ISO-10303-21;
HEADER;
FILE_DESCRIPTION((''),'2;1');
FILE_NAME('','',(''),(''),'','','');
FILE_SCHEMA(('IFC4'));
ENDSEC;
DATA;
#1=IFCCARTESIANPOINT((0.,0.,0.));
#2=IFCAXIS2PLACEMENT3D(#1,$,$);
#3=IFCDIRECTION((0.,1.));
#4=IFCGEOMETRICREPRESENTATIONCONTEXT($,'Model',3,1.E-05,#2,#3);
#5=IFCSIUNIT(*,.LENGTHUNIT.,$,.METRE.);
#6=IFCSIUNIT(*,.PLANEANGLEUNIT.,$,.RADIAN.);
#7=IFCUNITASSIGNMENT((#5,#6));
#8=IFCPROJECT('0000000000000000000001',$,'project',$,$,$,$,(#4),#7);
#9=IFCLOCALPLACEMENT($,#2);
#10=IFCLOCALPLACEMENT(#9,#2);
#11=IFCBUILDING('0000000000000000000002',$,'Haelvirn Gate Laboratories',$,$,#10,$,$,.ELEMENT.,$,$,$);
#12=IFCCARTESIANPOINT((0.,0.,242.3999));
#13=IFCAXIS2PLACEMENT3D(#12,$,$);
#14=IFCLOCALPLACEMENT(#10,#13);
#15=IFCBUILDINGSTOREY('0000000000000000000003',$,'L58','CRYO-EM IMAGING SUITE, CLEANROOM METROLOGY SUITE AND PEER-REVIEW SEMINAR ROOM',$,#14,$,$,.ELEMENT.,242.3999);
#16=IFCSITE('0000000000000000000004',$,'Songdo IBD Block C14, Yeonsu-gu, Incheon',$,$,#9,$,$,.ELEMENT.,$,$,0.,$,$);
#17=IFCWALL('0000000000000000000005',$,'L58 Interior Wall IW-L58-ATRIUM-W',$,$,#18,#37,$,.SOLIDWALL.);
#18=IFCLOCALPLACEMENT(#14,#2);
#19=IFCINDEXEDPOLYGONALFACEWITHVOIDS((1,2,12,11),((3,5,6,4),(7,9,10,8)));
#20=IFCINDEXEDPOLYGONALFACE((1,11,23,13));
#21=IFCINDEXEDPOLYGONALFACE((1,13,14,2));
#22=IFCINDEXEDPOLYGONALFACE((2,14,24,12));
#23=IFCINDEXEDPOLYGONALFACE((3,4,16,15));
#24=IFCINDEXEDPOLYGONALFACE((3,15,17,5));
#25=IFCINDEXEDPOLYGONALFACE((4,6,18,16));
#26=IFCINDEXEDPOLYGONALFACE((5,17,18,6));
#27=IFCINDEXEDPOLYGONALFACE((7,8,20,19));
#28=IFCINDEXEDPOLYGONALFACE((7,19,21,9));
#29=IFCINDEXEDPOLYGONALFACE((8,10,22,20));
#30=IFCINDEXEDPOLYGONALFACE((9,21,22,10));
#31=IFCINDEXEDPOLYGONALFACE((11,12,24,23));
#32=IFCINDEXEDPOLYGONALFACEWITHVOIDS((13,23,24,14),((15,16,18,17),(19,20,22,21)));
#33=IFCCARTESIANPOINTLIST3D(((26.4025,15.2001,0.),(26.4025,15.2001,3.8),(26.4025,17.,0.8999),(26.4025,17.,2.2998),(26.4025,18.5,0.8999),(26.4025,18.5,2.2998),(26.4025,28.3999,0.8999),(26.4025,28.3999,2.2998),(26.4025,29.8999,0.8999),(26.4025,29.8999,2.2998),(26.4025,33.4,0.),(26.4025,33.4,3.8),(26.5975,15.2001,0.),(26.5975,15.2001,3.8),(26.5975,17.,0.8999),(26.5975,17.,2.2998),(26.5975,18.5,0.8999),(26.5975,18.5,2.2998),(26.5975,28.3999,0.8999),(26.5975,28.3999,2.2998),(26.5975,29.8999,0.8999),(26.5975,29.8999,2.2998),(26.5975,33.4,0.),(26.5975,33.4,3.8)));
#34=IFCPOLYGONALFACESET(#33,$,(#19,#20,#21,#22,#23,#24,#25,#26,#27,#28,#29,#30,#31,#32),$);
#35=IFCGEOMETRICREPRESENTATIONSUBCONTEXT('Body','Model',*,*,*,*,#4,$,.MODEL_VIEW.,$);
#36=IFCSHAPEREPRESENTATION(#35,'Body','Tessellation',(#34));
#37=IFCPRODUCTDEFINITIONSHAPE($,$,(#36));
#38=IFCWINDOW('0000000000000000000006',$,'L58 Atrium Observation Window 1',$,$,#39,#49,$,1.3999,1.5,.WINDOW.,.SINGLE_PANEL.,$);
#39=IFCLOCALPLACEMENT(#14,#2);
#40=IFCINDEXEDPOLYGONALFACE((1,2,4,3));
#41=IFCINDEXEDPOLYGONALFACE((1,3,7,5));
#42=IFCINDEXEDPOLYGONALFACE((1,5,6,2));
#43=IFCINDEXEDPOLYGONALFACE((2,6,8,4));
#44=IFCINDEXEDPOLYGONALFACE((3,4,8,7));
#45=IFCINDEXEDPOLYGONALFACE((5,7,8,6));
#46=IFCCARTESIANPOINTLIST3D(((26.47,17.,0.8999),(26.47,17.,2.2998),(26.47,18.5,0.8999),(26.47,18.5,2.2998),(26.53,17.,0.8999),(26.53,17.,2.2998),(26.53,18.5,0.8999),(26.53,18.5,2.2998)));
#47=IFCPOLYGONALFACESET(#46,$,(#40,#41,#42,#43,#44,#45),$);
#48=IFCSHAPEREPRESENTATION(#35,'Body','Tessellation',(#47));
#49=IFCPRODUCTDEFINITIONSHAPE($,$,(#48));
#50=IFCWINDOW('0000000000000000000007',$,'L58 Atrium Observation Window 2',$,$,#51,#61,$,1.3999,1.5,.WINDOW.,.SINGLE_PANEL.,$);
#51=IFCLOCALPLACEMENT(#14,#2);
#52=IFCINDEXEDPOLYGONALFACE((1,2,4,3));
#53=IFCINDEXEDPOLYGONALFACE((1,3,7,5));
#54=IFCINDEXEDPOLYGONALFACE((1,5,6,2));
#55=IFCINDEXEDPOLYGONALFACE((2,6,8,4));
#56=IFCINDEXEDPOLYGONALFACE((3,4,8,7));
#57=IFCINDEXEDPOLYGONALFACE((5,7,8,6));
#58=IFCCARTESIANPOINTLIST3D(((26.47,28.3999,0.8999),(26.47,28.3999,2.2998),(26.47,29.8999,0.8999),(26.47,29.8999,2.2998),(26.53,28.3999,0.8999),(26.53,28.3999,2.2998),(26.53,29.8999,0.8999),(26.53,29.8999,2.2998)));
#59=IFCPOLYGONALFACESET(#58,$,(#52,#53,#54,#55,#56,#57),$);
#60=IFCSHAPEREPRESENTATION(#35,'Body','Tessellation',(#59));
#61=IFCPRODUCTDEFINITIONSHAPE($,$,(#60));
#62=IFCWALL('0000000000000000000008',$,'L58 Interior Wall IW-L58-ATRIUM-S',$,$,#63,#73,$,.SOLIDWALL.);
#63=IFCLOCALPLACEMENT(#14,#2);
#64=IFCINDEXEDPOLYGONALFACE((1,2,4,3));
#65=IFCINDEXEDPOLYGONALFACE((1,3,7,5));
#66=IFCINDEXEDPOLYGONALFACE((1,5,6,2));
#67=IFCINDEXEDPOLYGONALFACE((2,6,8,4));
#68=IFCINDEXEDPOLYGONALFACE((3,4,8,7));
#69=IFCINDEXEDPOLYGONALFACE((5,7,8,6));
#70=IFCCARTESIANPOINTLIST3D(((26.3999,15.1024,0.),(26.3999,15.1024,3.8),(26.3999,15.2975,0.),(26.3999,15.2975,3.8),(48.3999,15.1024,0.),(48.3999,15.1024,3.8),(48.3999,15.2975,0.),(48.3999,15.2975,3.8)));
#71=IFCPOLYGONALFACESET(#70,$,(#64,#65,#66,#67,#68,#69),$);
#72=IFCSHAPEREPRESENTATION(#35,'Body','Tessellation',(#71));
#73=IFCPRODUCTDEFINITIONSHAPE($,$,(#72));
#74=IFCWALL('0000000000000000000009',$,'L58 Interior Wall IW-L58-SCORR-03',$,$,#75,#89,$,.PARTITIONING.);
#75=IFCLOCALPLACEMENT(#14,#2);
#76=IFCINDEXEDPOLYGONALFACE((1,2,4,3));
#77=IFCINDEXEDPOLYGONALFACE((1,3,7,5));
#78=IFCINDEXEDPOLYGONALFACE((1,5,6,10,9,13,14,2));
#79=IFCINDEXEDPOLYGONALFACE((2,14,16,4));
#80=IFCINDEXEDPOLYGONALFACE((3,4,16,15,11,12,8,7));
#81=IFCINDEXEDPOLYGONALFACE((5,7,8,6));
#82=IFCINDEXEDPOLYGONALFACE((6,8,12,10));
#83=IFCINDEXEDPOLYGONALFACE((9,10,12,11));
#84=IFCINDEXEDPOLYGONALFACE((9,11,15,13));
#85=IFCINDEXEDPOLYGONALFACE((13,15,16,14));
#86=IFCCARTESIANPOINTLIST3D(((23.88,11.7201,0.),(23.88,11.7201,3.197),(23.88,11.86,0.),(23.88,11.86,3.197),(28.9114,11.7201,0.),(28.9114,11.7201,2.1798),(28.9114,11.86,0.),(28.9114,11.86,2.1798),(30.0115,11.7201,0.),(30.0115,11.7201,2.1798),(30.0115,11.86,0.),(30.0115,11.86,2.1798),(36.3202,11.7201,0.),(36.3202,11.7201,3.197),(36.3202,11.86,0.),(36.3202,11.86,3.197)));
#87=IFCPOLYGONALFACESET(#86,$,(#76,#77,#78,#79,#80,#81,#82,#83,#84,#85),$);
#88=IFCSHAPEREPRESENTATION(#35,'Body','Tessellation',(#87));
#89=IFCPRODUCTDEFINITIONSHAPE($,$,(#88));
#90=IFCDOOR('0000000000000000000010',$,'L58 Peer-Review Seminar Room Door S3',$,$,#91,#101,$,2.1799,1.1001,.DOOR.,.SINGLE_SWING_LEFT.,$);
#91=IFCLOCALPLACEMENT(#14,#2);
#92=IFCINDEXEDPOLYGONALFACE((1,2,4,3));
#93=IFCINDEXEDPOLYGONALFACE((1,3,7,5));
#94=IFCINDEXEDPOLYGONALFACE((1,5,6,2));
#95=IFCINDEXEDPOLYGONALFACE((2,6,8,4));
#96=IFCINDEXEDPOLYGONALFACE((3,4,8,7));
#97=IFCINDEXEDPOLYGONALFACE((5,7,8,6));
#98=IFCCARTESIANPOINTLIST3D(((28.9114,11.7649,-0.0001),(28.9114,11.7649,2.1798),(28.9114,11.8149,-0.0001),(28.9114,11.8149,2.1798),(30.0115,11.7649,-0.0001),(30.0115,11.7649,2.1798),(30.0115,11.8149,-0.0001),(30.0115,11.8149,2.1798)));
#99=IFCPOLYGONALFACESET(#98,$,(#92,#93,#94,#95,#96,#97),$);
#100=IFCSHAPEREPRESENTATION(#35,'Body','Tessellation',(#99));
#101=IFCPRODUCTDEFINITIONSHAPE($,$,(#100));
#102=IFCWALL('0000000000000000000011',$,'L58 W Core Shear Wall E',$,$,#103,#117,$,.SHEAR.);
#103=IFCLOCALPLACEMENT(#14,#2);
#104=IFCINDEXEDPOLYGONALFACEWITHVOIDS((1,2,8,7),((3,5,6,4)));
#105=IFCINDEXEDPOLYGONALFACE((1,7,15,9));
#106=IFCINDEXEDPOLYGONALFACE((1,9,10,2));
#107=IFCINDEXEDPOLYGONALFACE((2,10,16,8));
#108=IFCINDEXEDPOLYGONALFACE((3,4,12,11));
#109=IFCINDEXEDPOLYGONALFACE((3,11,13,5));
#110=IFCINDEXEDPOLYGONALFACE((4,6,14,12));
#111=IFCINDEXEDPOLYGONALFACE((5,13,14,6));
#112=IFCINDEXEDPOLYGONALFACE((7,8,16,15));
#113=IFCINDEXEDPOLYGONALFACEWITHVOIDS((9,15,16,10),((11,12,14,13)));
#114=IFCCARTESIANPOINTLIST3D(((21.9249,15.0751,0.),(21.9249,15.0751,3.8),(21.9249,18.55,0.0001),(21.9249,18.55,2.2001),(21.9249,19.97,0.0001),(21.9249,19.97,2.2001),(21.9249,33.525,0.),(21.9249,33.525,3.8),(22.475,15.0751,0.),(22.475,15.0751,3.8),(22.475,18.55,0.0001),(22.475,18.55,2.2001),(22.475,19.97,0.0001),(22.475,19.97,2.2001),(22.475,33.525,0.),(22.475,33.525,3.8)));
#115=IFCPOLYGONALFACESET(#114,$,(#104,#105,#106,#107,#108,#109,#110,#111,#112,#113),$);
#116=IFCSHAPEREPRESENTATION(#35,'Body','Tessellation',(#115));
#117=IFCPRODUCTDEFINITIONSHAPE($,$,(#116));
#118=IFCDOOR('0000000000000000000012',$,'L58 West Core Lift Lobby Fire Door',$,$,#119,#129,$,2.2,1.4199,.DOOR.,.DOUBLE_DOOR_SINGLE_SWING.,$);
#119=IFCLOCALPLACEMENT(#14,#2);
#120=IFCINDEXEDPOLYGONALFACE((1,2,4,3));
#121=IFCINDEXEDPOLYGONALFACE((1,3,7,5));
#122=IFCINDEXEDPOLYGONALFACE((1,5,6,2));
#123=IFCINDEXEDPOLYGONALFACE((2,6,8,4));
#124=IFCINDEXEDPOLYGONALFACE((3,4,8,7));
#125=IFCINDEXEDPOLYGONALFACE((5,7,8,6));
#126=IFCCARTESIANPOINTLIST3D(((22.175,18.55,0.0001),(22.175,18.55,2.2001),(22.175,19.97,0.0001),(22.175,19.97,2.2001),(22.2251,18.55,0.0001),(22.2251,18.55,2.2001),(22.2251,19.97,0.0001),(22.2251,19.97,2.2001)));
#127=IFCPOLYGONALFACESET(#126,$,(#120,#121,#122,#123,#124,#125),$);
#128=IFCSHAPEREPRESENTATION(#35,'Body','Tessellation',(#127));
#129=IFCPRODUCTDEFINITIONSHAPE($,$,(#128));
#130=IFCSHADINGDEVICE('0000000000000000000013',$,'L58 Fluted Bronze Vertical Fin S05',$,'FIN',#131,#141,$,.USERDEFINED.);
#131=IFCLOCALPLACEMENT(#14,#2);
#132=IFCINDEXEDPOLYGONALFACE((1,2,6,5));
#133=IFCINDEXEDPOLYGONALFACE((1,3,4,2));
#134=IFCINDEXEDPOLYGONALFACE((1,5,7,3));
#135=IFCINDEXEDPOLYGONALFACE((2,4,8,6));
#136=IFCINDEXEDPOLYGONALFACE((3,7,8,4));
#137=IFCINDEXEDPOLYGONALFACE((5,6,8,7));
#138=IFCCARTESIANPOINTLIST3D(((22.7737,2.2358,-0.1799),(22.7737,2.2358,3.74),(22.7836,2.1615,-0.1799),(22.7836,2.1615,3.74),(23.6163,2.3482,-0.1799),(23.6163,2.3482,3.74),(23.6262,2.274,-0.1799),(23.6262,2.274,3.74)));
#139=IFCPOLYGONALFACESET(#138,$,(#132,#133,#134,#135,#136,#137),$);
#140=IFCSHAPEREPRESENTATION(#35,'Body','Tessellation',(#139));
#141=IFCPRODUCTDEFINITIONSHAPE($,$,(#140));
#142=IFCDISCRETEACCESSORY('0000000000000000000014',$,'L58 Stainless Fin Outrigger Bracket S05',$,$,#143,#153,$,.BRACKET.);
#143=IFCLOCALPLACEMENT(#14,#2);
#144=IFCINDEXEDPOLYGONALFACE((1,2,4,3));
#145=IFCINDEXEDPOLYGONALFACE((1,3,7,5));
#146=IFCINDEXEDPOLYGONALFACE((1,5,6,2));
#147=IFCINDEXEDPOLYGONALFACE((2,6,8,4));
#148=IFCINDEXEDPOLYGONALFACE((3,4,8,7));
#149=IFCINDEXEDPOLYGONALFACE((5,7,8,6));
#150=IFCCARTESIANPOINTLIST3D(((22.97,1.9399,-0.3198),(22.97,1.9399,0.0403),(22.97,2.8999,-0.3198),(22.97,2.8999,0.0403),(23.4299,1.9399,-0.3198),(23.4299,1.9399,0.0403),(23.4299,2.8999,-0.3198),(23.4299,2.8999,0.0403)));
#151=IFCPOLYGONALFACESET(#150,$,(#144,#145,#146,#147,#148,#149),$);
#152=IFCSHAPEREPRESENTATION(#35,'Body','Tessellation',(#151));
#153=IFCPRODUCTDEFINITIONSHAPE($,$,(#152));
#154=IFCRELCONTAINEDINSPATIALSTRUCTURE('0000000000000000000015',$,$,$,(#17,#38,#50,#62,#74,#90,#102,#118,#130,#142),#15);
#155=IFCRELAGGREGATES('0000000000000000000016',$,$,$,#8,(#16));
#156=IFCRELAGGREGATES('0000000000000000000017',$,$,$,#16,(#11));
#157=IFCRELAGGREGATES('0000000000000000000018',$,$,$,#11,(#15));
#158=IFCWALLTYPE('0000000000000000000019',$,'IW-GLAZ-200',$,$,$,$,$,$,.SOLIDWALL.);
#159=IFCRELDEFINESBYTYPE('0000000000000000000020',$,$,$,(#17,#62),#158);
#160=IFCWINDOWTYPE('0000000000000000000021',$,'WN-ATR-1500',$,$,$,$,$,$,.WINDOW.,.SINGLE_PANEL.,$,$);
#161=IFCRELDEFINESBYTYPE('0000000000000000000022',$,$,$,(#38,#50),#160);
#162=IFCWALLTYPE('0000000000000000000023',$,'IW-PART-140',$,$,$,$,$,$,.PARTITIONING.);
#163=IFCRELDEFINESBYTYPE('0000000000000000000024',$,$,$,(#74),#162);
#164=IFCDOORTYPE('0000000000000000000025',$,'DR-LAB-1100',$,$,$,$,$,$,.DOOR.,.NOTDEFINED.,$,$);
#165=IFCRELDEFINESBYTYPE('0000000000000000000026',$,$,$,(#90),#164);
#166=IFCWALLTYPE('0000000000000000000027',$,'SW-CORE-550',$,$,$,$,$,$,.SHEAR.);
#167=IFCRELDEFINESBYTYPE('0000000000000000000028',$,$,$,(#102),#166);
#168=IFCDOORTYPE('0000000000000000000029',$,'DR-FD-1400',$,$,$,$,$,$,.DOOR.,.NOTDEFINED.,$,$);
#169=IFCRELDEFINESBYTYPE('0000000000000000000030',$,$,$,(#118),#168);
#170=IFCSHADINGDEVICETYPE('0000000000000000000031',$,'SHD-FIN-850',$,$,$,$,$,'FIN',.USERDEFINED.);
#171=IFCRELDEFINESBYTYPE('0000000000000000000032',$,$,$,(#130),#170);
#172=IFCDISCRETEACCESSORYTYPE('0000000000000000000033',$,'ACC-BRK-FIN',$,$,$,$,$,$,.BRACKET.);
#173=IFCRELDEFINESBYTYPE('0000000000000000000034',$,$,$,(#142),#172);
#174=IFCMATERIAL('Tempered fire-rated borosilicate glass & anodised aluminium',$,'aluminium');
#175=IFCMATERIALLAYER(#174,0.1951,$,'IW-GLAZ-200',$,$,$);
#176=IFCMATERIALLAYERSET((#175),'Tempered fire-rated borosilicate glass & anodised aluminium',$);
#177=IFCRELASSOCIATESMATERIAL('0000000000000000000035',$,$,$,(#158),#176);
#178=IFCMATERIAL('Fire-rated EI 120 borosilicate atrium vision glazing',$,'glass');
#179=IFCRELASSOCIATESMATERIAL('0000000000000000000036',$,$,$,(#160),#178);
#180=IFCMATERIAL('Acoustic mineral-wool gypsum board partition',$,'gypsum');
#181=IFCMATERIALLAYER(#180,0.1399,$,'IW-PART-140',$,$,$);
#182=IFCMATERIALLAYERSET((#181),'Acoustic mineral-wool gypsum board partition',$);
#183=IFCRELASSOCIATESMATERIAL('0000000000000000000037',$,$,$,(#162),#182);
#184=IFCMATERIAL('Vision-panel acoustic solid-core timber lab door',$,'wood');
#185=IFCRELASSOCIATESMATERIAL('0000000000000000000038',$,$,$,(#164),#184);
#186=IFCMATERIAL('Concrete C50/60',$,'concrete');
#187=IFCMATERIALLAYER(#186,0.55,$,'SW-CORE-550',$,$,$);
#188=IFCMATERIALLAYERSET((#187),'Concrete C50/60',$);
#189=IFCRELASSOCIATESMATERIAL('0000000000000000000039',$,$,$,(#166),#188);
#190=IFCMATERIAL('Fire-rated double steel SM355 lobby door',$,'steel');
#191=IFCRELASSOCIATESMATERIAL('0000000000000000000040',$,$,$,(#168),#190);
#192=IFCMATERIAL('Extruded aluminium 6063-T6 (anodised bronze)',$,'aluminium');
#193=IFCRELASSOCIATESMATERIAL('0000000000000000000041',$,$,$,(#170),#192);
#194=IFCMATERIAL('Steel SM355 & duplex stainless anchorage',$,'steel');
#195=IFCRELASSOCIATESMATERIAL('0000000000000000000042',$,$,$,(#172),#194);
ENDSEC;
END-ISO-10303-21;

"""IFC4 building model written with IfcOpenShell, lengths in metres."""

from ifc_helpers import new_model, si_unit, direction, frame, frame_2d, origin, origin_2d, place, context, subcontext, project, spatial, rectangle, extrude, source, transform, mapped, material, layer, layer_set, material_profile, profile_set, type_object, type_shapes, element, fill, save


model = new_model("IFC4")

# Units and contexts
model_context = context("Model", 3, precision=1e-05, world=origin(), true_north=direction((0.0, 1.0)))
body_context = subcontext(model_context, "Body", "Model", "MODEL_VIEW")
ifc_project = project(units=[si_unit("LENGTHUNIT", "METRE"), si_unit("PLANEANGLEUNIT", "RADIAN")], contexts=[model_context])

# Site, building, storey
site_placement = place(None, origin())
site = spatial("IfcSite", under=ifc_project, at=site_placement, Name="Songdo IBD Block C14, Yeonsu-gu, Incheon", CompositionType="ELEMENT", RefElevation=0.0)
building_placement = place(site_placement, origin())
building = spatial("IfcBuilding", under=site, at=building_placement, Name="Haelvirn Gate Laboratories", CompositionType="ELEMENT")
storey_placement = place(building_placement, frame((0.0, 0.0, 242.3999)))
storey = spatial("IfcBuildingStorey", under=building, at=storey_placement, Name="L58", Description="CRYO-EM IMAGING SUITE, CLEANROOM METROLOGY SUITE AND PEER-REVIEW SEMINAR ROOM", CompositionType="ELEMENT", Elevation=242.3999)

# Shared definitions
ifc_material_1 = material(Name="Extruded aluminium 6063-T6 (anodised bronze)", Category="aluminium")

# Wall, openings, windows
ifc_material_2 = material(Name="Tempered fire-rated borosilicate glass & anodised aluminium", Category="aluminium")
ifc_layer_1 = layer(ifc_material_2, 0.1951, Name="IW-GLAZ-200")
ifc_layer_set_1 = layer_set([ifc_layer_1], Name="Tempered fire-rated borosilicate glass & anodised aluminium")
wall_type_1 = type_object("IfcWallType", Name="IW-GLAZ-200", PredefinedType="SOLIDWALL", material=ifc_layer_set_1)
wall_1_placement = place(storey_placement, frame((26.5, 15.2, 0.0), z_axis=(0.0, 0.0, 1.0), x_axis=(0.0, 1.0, 0.0)))
wall_1 = element("IfcWall", 1, at=wall_1_placement, inside=storey, type_object=wall_type_1, Name="L58 Interior Wall IW-L58-ATRIUM-W", PredefinedType="SOLIDWALL", context=body_context, shape_type="SweptSolid", body=[
    extrude(rectangle(XDim=18.2, YDim=0.1951, at=frame_2d((9.1001, 0.0))), origin(), (0.0, 0.0, 1.0), 3.8),
])
opening_1_placement = place(wall_1_placement, frame((1.8, 0.0, 0.8999)))
opening_1 = element("IfcOpeningElement", 2, at=opening_1_placement, cuts=wall_1, PredefinedType="OPENING", context=body_context, shape_type="SweptSolid", body=[
    extrude(rectangle(XDim=1.5, YDim=1.3999, at=frame_2d((0.75, 0.7))), frame((0.0, 0.1074, 0.0), z_axis=(0.0, -1.0, 0.0), x_axis=(1.0, 0.0, 0.0)), (0.0, 0.0, 1.0), 0.2151),
])
opening_2_placement = place(wall_1_placement, frame((13.2, 0.0, 0.8999)))
opening_2 = element("IfcOpeningElement", 3, at=opening_2_placement, cuts=wall_1, PredefinedType="OPENING", context=body_context, shape_type="SweptSolid", body=[
    extrude(rectangle(XDim=1.5, YDim=1.3999, at=frame_2d((0.75, 0.7))), frame((0.0, 0.1074, 0.0), z_axis=(0.0, -1.0, 0.0), x_axis=(1.0, 0.0, 0.0)), (0.0, 0.0, 1.0), 0.2151),
])
ifc_material_3 = material(Name="Fire-rated EI 120 borosilicate atrium vision glazing", Category="glass")
window_type = type_object("IfcWindowType", Name="WN-ATR-1500", PartitioningType="SINGLE_PANEL", PredefinedType="WINDOW", material=ifc_material_3)
shared_shape_1 = source(origin(), body_context, "Body", "SweptSolid", [
    extrude(rectangle(XDim=1.5, YDim=1.3999, at=frame_2d((0.75, 0.7))), frame((0.0, 0.03, 0.0), z_axis=(0.0, -1.0, 0.0), x_axis=(1.0, 0.0, 0.0)), (0.0, 0.0, 1.0), 0.0601),
])
type_shapes(window_type, [shared_shape_1])
window_1_placement = place(opening_1_placement, origin())
window_1 = element("IfcWindow", 4, at=window_1_placement, inside=storey, type_object=window_type, Name="L58 Atrium Observation Window 1", OverallHeight=1.3999, OverallWidth=1.5, PartitioningType="SINGLE_PANEL", PredefinedType="WINDOW", context=body_context, shape_type="MappedRepresentation", body=[
    mapped(shared_shape_1, transform((0.0, 0.0, 0.0), scale=1.0)),
])
fill(opening_1, window_1)
window_2_placement = place(opening_2_placement, origin())
window_2 = element("IfcWindow", 5, at=window_2_placement, inside=storey, type_object=window_type, Name="L58 Atrium Observation Window 2", OverallHeight=1.3999, OverallWidth=1.5, PartitioningType="SINGLE_PANEL", PredefinedType="WINDOW", context=body_context, shape_type="MappedRepresentation", body=[
    mapped(shared_shape_1, transform((0.0, 0.0, 0.0), scale=1.0)),
])
fill(opening_2, window_2)

# Wall
wall_2_placement = place(storey_placement, frame((26.3999, 15.2, 0.0), z_axis=(0.0, 0.0, 1.0), x_axis=(1.0, 0.0, 0.0)))
element("IfcWall", 6, at=wall_2_placement, inside=storey, type_object=wall_type_1, Name="L58 Interior Wall IW-L58-ATRIUM-S", PredefinedType="SOLIDWALL", context=body_context, shape_type="SweptSolid", body=[
    extrude(rectangle(XDim=22.0, YDim=0.1951, at=frame_2d((11.0, 0.0))), origin(), (0.0, 0.0, 1.0), 3.8),
])

# Walls, openings, doors
ifc_material_4 = material(Name="Acoustic mineral-wool gypsum board partition", Category="gypsum")
ifc_layer_2 = layer(ifc_material_4, 0.1399, Name="IW-PART-140")
ifc_layer_set_2 = layer_set([ifc_layer_2], Name="Acoustic mineral-wool gypsum board partition")
wall_type_2 = type_object("IfcWallType", Name="IW-PART-140", PredefinedType="PARTITIONING", material=ifc_layer_set_2)
wall_3_placement = place(storey_placement, frame((23.8799, 11.79, 0.0), z_axis=(0.0, 0.0, 1.0), x_axis=(1.0, 0.0, 0.0)))
wall_3 = element("IfcWall", 7, at=wall_3_placement, inside=storey, type_object=wall_type_2, Name="L58 Interior Wall IW-L58-SCORR-03", PredefinedType="PARTITIONING", context=body_context, shape_type="SweptSolid", body=[
    extrude(rectangle(XDim=12.4402, YDim=0.1399, at=frame_2d((6.2202, 0.0))), origin(), (0.0, 0.0, 1.0), 3.197),
])
opening_3_placement = place(wall_3_placement, frame((5.0315, 0.0, 0.0)))
opening_3 = element("IfcOpeningElement", 8, at=opening_3_placement, cuts=wall_3, PredefinedType="OPENING", context=body_context, shape_type="SweptSolid", body=[
    extrude(rectangle(XDim=1.1001, YDim=2.1799, at=frame_2d((0.55, 1.0898))), frame((0.0, 0.0801, 0.0), z_axis=(0.0, -1.0, 0.0), x_axis=(1.0, 0.0, 0.0)), (0.0, 0.0, 1.0), 0.1599),
])
ifc_material_5 = material(Name="Vision-panel acoustic solid-core timber lab door", Category="wood")
door_type_1 = type_object("IfcDoorType", Name="DR-LAB-1100", OperationType="NOTDEFINED", PredefinedType="DOOR", material=ifc_material_5)
shared_shape_2 = source(origin(), body_context, "Body", "SweptSolid", [
    extrude(rectangle(XDim=1.1001, YDim=2.1799, at=frame_2d((0.55, 1.0898))), frame((0.0, 0.0249, 0.0), z_axis=(0.0, -1.0, 0.0), x_axis=(1.0, 0.0, 0.0)), (0.0, 0.0, 1.0), 0.05),
])
type_shapes(door_type_1, [shared_shape_2])
door_1_placement = place(opening_3_placement, origin())
door_1 = element("IfcDoor", 9, at=door_1_placement, inside=storey, type_object=door_type_1, Name="L58 Peer-Review Seminar Room Door S3", OperationType="SINGLE_SWING_LEFT", OverallHeight=2.1799, OverallWidth=1.1001, PredefinedType="DOOR", context=body_context, shape_type="MappedRepresentation", body=[
    mapped(shared_shape_2, transform((0.0, 0.0, 0.0), scale=1.0)),
])
fill(opening_3, door_1)
ifc_material_6 = material(Name="Concrete C50/60", Category="concrete")
ifc_layer_3 = layer(ifc_material_6, 0.55, Name="SW-CORE-550")
ifc_layer_set_3 = layer_set([ifc_layer_3], Name="Concrete C50/60")
wall_type_3 = type_object("IfcWallType", Name="SW-CORE-550", PredefinedType="SHEAR", material=ifc_layer_set_3)
wall_4_placement = place(storey_placement, frame((22.2, 15.075, 0.0), z_axis=(0.0, 0.0, 1.0), x_axis=(0.0, 1.0, 0.0)))
wall_4 = element("IfcWall", 10, at=wall_4_placement, inside=storey, type_object=wall_type_3, Name="L58 W Core Shear Wall E", PredefinedType="SHEAR", context=body_context, shape_type="SweptSolid", body=[
    extrude(rectangle(XDim=18.45, YDim=0.55, at=frame_2d((9.2251, 0.0))), origin(), (0.0, 0.0, 1.0), 3.8),
])
opening_4_placement = place(wall_4_placement, frame((3.4751, 0.0, 0.0)))
opening_4 = element("IfcOpeningElement", 11, at=opening_4_placement, cuts=wall_4, PredefinedType="OPENING", context=body_context, shape_type="SweptSolid", body=[
    extrude(rectangle(XDim=1.4199, YDim=2.2, at=frame_2d((0.71, 1.1001))), frame((0.0, 0.2852, 0.0), z_axis=(0.0, -1.0, 0.0), x_axis=(1.0, 0.0, 0.0)), (0.0, 0.0, 1.0), 0.5701),
])
ifc_material_7 = material(Name="Fire-rated double steel SM355 lobby door", Category="steel")
door_type_2 = type_object("IfcDoorType", Name="DR-FD-1400", OperationType="NOTDEFINED", PredefinedType="DOOR", material=ifc_material_7)
shared_shape_3 = source(origin(), body_context, "Body", "SweptSolid", [
    extrude(rectangle(XDim=1.4199, YDim=2.2, at=frame_2d((0.71, 1.1001))), frame((0.0, 0.0249, 0.0), z_axis=(0.0, -1.0, 0.0), x_axis=(1.0, 0.0, 0.0)), (0.0, 0.0, 1.0), 0.05),
])
type_shapes(door_type_2, [shared_shape_3])
door_2_placement = place(opening_4_placement, origin())
door_2 = element("IfcDoor", 12, at=door_2_placement, inside=storey, type_object=door_type_2, Name="L58 West Core Lift Lobby Fire Door", OperationType="DOUBLE_DOOR_SINGLE_SWING", OverallHeight=2.2, OverallWidth=1.4199, PredefinedType="DOOR", context=body_context, shape_type="MappedRepresentation", body=[
    mapped(shared_shape_3, transform((0.0, 0.0, 0.0), scale=1.0)),
])
fill(opening_4, door_2)

# Shading device
ifc_material_profile_1 = material_profile(ifc_material_1, rectangle(XDim=0.075, YDim=0.8501, at=origin_2d()), Name="FIN-850x75")
ifc_profile_set_1 = profile_set([ifc_material_profile_1], Name="Extruded aluminium 6063-T6 (anodised bronze)")
shading_device_type = type_object("IfcShadingDeviceType", Name="SHD-FIN-850", ElementType="FIN", PredefinedType="USERDEFINED", material=ifc_profile_set_1)
shared_shape_4 = source(origin(), body_context, "Body", "SweptSolid", [
    extrude(rectangle(XDim=0.075, YDim=0.8501, at=origin_2d()), origin(), (0.0, 0.0, 1.0), 3.9199),
])
type_shapes(shading_device_type, [shared_shape_4])
shading_device_placement = place(storey_placement, frame((23.2, 2.2549, -0.1799), z_axis=(0.0, 0.0, 1.0), x_axis=(-0.132256, 0.991216, 0.0)))
element("IfcShadingDevice", 13, at=shading_device_placement, inside=storey, type_object=shading_device_type, Name="L58 Fluted Bronze Vertical Fin S05", ObjectType="FIN", PredefinedType="USERDEFINED", context=body_context, shape_type="MappedRepresentation", body=[
    mapped(shared_shape_4, transform((0.0, 0.0, 0.0), scale=1.0)),
])

# Discrete accessory
ifc_material_8 = material(Name="Steel SM355 & duplex stainless anchorage", Category="steel")
discrete_accessory_type = type_object("IfcDiscreteAccessoryType", Name="ACC-BRK-FIN", PredefinedType="BRACKET", material=ifc_material_8)
shared_shape_5 = source(origin(), body_context, "Body", "SweptSolid", [
    extrude(rectangle(XDim=0.46, YDim=0.96, at=origin_2d()), origin(), (0.0, 0.0, 1.0), 0.3601),
])
type_shapes(discrete_accessory_type, [shared_shape_5])
discrete_accessory_placement = place(storey_placement, frame((23.2, 2.4199, -0.3198), z_axis=(0.0, 0.0, 1.0), x_axis=(1.0, 0.0, 0.0)))
element("IfcDiscreteAccessory", 14, at=discrete_accessory_placement, inside=storey, type_object=discrete_accessory_type, Name="L58 Stainless Fin Outrigger Bracket S05", PredefinedType="BRACKET", context=body_context, shape_type="MappedRepresentation", body=[
    mapped(shared_shape_5, transform((0.0, 0.0, 0.0), scale=1.0)),
])

save(model, "model.ifc")
